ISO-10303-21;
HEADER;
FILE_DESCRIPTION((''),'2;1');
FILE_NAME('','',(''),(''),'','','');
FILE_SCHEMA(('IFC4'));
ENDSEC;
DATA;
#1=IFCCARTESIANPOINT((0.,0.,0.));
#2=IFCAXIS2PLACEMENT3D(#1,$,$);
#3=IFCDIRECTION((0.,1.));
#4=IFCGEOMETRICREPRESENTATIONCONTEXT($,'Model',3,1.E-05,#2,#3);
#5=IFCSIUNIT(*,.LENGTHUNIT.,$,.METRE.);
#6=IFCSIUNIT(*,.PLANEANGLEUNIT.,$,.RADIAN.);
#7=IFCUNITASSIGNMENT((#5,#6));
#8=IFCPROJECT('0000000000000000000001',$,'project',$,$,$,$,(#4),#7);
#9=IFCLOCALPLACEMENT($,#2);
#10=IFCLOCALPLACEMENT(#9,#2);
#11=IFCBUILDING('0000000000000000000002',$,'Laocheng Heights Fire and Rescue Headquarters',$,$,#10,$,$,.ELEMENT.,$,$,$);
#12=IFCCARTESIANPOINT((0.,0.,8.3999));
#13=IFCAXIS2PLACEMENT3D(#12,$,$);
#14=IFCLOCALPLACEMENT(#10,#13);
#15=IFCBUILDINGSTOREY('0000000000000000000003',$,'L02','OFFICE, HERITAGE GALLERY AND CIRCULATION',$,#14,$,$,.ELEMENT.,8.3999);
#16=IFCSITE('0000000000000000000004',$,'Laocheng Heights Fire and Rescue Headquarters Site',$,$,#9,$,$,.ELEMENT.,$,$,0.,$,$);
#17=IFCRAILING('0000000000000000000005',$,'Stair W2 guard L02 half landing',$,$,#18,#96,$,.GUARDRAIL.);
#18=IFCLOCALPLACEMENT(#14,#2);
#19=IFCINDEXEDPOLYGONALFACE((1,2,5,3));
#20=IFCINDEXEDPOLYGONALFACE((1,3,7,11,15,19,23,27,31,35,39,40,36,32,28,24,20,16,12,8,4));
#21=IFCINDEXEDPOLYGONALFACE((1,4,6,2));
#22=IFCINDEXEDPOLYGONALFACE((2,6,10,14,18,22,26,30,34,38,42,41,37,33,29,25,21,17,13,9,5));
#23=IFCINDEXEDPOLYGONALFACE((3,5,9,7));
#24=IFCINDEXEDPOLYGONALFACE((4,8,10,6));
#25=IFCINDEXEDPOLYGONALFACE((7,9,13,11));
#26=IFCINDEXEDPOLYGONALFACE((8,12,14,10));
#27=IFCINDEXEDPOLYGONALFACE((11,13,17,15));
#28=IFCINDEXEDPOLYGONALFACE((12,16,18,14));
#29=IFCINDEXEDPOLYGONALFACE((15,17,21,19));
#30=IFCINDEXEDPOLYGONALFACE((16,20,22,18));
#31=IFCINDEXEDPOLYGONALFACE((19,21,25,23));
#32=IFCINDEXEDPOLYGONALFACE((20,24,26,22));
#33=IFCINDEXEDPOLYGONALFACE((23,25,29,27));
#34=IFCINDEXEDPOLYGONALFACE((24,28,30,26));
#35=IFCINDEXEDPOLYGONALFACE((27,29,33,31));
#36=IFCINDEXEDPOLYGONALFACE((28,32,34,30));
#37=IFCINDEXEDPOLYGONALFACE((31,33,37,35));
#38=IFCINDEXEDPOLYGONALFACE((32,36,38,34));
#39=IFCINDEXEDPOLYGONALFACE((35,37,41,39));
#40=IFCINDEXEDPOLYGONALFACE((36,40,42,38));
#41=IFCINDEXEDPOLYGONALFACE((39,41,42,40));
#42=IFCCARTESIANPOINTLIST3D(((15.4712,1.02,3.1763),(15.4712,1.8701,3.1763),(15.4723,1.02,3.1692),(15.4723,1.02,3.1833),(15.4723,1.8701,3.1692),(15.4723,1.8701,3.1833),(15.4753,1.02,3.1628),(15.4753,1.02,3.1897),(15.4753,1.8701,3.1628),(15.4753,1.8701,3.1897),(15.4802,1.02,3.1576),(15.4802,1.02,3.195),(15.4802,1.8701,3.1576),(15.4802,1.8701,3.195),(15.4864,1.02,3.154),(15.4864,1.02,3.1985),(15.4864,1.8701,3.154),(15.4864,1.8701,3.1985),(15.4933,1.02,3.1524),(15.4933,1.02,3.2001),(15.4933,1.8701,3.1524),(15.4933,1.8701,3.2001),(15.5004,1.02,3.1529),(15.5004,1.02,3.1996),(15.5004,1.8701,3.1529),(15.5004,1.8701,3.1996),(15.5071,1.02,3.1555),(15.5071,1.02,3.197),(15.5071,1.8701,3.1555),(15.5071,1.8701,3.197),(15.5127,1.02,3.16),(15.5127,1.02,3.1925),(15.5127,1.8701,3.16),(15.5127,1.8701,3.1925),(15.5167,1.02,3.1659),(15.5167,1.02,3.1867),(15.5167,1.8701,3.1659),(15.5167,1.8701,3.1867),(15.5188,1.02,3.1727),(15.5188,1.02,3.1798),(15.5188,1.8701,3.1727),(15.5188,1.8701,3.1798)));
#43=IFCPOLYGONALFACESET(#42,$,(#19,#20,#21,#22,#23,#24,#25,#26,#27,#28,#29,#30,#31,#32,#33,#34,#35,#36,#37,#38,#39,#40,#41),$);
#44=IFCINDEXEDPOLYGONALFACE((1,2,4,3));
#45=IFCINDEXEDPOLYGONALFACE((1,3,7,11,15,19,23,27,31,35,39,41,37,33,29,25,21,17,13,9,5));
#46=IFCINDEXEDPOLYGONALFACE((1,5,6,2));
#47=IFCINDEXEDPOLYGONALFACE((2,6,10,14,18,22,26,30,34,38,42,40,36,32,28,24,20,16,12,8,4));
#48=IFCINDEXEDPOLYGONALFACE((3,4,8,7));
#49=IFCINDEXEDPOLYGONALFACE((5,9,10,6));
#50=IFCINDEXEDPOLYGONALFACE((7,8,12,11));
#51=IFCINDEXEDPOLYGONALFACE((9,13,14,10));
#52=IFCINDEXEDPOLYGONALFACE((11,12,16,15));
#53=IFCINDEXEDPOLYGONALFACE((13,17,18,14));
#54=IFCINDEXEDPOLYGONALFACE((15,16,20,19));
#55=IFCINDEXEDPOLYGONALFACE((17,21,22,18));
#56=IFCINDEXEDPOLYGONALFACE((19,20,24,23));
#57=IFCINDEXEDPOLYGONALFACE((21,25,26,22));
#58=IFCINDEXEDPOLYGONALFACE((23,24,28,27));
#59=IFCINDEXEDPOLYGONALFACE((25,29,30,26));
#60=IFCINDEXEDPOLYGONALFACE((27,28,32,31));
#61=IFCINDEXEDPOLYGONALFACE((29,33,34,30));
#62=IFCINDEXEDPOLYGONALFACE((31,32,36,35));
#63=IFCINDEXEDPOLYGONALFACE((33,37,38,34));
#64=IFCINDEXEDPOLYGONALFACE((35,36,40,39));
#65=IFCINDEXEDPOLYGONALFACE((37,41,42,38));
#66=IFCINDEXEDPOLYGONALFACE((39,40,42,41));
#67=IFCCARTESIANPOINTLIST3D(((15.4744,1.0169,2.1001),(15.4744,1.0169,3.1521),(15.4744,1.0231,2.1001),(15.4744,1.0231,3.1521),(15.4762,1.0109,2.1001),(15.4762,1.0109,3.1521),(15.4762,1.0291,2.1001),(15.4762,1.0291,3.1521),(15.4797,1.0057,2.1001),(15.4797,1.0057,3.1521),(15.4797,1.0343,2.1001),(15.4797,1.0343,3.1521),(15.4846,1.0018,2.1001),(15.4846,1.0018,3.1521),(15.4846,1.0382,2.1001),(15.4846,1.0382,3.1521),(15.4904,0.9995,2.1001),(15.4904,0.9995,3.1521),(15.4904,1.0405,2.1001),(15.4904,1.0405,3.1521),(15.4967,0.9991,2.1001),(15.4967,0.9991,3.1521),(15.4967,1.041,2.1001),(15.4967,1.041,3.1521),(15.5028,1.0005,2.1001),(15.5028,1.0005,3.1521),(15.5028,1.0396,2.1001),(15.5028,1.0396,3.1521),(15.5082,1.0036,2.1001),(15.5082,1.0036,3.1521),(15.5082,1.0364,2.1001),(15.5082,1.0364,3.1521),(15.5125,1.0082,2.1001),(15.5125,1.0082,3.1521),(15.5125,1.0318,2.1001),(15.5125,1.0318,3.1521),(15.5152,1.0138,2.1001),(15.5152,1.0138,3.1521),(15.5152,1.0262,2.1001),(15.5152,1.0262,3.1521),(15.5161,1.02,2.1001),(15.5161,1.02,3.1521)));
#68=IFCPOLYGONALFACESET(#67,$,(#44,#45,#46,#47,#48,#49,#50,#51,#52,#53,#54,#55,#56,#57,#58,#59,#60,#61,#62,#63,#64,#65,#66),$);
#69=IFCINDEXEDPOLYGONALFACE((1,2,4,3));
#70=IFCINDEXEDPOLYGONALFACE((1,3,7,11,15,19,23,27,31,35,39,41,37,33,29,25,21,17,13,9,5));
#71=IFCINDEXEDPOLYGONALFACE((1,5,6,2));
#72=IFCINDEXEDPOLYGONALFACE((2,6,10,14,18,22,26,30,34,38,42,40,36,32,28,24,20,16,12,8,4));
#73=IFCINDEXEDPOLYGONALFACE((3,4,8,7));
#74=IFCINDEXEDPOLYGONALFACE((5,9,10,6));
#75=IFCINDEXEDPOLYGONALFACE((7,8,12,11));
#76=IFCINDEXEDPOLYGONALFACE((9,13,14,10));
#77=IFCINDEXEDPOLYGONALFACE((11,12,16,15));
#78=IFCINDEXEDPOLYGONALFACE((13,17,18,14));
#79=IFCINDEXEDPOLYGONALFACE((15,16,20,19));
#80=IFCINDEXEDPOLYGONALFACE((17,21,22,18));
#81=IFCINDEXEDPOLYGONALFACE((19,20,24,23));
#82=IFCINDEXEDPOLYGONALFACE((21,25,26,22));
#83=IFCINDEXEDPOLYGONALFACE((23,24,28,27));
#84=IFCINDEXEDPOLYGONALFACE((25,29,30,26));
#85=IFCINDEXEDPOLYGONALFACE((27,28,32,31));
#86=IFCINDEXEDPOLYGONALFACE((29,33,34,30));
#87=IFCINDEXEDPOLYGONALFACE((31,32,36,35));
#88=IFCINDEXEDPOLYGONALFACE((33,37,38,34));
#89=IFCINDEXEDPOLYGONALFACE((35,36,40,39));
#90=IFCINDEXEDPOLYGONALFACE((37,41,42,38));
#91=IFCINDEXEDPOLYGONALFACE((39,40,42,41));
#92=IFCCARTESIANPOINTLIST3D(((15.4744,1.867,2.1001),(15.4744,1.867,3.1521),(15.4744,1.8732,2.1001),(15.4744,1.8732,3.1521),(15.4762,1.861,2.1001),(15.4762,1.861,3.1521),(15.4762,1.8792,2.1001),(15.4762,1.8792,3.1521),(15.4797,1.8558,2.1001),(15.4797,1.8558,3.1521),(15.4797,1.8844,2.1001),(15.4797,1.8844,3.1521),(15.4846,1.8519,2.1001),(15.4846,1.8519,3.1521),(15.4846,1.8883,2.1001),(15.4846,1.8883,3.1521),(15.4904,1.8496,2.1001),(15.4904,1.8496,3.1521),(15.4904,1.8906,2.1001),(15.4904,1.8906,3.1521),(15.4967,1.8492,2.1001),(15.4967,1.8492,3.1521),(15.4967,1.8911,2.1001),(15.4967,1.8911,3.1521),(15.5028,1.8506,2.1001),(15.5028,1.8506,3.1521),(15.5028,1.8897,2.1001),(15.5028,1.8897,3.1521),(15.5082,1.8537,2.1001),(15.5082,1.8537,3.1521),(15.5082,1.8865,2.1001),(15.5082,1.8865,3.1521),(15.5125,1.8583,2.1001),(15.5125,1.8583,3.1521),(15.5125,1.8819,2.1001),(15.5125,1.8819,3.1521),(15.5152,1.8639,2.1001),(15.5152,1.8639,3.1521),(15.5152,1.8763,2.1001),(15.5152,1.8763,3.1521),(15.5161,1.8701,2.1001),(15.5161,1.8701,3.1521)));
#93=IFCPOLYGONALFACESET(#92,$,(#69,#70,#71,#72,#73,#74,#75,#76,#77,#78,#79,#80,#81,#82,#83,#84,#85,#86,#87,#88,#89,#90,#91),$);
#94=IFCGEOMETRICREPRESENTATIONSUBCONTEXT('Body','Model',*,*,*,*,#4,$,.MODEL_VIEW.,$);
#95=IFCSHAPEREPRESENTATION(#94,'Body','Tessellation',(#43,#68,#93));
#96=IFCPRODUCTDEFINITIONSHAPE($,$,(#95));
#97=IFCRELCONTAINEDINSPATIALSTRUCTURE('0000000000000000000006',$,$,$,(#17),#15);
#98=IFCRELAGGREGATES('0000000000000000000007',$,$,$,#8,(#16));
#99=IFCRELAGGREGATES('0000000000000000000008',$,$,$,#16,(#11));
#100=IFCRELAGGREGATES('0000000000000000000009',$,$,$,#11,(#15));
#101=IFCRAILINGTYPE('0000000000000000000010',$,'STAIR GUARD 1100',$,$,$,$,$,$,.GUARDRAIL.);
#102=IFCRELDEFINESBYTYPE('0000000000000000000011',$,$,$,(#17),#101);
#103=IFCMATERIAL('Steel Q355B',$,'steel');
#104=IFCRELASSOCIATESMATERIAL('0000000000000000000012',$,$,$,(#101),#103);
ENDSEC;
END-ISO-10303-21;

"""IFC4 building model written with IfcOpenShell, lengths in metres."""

from ifc_helpers import new_model, si_unit, direction, frame, origin, origin_2d, place, context, subcontext, project, spatial, circle, extrude, material, type_object, element, save


model = new_model("IFC4")

# Units and contexts
model_context = context("Model", 3, precision=1e-05, world=origin(), true_north=direction((0.0, 1.0)))
body_context = subcontext(model_context, "Body", "Model", "MODEL_VIEW")
ifc_project = project(units=[si_unit("LENGTHUNIT", "METRE"), si_unit("PLANEANGLEUNIT", "RADIAN")], contexts=[model_context])

# Site, building, storey
site_placement = place(None, origin())
site = spatial("IfcSite", under=ifc_project, at=site_placement, Name="Laocheng Heights Fire and Rescue Headquarters Site", CompositionType="ELEMENT", RefElevation=0.0)
building_placement = place(site_placement, origin())
building = spatial("IfcBuilding", under=site, at=building_placement, Name="Laocheng Heights Fire and Rescue Headquarters", CompositionType="ELEMENT")
storey_placement = place(building_placement, frame((0.0, 0.0, 8.3999)))
storey = spatial("IfcBuildingStorey", under=building, at=storey_placement, Name="L02", Description="OFFICE, HERITAGE GALLERY AND CIRCULATION", CompositionType="ELEMENT", Elevation=8.3999)

# Railing
ifc_material_1 = material(Name="Steel Q355B", Category="steel")
railing_type_1 = type_object("IfcRailingType", Name="STAIR GUARD 1100", PredefinedType="GUARDRAIL", material=ifc_material_1)
railing_1_placement = place(storey_placement, frame((15.4951, 1.02, 2.1001)))
element("IfcRailing", 1, at=railing_1_placement, inside=storey, type_object=railing_type_1, Name="Stair W2 guard L02 half landing", PredefinedType="GUARDRAIL", context=body_context, shape_type="SweptSolid", body=[
    extrude(circle(Radius=0.0239, at=origin_2d()), frame((0.0, 0.0, 1.0762), z_axis=(0.0, 1.0, 0.0), x_axis=(-1.0, 0.0, 0.0)), (0.0, 0.0, 1.0), 0.8501),
    extrude(circle(Radius=0.021, at=origin_2d()), origin(), (0.0, 0.0, 1.0), 1.052),
    extrude(circle(Radius=0.021, at=origin_2d()), frame((0.0, 0.8501, 0.0)), (0.0, 0.0, 1.0), 1.052),
])

save(model, "model.ifc")
